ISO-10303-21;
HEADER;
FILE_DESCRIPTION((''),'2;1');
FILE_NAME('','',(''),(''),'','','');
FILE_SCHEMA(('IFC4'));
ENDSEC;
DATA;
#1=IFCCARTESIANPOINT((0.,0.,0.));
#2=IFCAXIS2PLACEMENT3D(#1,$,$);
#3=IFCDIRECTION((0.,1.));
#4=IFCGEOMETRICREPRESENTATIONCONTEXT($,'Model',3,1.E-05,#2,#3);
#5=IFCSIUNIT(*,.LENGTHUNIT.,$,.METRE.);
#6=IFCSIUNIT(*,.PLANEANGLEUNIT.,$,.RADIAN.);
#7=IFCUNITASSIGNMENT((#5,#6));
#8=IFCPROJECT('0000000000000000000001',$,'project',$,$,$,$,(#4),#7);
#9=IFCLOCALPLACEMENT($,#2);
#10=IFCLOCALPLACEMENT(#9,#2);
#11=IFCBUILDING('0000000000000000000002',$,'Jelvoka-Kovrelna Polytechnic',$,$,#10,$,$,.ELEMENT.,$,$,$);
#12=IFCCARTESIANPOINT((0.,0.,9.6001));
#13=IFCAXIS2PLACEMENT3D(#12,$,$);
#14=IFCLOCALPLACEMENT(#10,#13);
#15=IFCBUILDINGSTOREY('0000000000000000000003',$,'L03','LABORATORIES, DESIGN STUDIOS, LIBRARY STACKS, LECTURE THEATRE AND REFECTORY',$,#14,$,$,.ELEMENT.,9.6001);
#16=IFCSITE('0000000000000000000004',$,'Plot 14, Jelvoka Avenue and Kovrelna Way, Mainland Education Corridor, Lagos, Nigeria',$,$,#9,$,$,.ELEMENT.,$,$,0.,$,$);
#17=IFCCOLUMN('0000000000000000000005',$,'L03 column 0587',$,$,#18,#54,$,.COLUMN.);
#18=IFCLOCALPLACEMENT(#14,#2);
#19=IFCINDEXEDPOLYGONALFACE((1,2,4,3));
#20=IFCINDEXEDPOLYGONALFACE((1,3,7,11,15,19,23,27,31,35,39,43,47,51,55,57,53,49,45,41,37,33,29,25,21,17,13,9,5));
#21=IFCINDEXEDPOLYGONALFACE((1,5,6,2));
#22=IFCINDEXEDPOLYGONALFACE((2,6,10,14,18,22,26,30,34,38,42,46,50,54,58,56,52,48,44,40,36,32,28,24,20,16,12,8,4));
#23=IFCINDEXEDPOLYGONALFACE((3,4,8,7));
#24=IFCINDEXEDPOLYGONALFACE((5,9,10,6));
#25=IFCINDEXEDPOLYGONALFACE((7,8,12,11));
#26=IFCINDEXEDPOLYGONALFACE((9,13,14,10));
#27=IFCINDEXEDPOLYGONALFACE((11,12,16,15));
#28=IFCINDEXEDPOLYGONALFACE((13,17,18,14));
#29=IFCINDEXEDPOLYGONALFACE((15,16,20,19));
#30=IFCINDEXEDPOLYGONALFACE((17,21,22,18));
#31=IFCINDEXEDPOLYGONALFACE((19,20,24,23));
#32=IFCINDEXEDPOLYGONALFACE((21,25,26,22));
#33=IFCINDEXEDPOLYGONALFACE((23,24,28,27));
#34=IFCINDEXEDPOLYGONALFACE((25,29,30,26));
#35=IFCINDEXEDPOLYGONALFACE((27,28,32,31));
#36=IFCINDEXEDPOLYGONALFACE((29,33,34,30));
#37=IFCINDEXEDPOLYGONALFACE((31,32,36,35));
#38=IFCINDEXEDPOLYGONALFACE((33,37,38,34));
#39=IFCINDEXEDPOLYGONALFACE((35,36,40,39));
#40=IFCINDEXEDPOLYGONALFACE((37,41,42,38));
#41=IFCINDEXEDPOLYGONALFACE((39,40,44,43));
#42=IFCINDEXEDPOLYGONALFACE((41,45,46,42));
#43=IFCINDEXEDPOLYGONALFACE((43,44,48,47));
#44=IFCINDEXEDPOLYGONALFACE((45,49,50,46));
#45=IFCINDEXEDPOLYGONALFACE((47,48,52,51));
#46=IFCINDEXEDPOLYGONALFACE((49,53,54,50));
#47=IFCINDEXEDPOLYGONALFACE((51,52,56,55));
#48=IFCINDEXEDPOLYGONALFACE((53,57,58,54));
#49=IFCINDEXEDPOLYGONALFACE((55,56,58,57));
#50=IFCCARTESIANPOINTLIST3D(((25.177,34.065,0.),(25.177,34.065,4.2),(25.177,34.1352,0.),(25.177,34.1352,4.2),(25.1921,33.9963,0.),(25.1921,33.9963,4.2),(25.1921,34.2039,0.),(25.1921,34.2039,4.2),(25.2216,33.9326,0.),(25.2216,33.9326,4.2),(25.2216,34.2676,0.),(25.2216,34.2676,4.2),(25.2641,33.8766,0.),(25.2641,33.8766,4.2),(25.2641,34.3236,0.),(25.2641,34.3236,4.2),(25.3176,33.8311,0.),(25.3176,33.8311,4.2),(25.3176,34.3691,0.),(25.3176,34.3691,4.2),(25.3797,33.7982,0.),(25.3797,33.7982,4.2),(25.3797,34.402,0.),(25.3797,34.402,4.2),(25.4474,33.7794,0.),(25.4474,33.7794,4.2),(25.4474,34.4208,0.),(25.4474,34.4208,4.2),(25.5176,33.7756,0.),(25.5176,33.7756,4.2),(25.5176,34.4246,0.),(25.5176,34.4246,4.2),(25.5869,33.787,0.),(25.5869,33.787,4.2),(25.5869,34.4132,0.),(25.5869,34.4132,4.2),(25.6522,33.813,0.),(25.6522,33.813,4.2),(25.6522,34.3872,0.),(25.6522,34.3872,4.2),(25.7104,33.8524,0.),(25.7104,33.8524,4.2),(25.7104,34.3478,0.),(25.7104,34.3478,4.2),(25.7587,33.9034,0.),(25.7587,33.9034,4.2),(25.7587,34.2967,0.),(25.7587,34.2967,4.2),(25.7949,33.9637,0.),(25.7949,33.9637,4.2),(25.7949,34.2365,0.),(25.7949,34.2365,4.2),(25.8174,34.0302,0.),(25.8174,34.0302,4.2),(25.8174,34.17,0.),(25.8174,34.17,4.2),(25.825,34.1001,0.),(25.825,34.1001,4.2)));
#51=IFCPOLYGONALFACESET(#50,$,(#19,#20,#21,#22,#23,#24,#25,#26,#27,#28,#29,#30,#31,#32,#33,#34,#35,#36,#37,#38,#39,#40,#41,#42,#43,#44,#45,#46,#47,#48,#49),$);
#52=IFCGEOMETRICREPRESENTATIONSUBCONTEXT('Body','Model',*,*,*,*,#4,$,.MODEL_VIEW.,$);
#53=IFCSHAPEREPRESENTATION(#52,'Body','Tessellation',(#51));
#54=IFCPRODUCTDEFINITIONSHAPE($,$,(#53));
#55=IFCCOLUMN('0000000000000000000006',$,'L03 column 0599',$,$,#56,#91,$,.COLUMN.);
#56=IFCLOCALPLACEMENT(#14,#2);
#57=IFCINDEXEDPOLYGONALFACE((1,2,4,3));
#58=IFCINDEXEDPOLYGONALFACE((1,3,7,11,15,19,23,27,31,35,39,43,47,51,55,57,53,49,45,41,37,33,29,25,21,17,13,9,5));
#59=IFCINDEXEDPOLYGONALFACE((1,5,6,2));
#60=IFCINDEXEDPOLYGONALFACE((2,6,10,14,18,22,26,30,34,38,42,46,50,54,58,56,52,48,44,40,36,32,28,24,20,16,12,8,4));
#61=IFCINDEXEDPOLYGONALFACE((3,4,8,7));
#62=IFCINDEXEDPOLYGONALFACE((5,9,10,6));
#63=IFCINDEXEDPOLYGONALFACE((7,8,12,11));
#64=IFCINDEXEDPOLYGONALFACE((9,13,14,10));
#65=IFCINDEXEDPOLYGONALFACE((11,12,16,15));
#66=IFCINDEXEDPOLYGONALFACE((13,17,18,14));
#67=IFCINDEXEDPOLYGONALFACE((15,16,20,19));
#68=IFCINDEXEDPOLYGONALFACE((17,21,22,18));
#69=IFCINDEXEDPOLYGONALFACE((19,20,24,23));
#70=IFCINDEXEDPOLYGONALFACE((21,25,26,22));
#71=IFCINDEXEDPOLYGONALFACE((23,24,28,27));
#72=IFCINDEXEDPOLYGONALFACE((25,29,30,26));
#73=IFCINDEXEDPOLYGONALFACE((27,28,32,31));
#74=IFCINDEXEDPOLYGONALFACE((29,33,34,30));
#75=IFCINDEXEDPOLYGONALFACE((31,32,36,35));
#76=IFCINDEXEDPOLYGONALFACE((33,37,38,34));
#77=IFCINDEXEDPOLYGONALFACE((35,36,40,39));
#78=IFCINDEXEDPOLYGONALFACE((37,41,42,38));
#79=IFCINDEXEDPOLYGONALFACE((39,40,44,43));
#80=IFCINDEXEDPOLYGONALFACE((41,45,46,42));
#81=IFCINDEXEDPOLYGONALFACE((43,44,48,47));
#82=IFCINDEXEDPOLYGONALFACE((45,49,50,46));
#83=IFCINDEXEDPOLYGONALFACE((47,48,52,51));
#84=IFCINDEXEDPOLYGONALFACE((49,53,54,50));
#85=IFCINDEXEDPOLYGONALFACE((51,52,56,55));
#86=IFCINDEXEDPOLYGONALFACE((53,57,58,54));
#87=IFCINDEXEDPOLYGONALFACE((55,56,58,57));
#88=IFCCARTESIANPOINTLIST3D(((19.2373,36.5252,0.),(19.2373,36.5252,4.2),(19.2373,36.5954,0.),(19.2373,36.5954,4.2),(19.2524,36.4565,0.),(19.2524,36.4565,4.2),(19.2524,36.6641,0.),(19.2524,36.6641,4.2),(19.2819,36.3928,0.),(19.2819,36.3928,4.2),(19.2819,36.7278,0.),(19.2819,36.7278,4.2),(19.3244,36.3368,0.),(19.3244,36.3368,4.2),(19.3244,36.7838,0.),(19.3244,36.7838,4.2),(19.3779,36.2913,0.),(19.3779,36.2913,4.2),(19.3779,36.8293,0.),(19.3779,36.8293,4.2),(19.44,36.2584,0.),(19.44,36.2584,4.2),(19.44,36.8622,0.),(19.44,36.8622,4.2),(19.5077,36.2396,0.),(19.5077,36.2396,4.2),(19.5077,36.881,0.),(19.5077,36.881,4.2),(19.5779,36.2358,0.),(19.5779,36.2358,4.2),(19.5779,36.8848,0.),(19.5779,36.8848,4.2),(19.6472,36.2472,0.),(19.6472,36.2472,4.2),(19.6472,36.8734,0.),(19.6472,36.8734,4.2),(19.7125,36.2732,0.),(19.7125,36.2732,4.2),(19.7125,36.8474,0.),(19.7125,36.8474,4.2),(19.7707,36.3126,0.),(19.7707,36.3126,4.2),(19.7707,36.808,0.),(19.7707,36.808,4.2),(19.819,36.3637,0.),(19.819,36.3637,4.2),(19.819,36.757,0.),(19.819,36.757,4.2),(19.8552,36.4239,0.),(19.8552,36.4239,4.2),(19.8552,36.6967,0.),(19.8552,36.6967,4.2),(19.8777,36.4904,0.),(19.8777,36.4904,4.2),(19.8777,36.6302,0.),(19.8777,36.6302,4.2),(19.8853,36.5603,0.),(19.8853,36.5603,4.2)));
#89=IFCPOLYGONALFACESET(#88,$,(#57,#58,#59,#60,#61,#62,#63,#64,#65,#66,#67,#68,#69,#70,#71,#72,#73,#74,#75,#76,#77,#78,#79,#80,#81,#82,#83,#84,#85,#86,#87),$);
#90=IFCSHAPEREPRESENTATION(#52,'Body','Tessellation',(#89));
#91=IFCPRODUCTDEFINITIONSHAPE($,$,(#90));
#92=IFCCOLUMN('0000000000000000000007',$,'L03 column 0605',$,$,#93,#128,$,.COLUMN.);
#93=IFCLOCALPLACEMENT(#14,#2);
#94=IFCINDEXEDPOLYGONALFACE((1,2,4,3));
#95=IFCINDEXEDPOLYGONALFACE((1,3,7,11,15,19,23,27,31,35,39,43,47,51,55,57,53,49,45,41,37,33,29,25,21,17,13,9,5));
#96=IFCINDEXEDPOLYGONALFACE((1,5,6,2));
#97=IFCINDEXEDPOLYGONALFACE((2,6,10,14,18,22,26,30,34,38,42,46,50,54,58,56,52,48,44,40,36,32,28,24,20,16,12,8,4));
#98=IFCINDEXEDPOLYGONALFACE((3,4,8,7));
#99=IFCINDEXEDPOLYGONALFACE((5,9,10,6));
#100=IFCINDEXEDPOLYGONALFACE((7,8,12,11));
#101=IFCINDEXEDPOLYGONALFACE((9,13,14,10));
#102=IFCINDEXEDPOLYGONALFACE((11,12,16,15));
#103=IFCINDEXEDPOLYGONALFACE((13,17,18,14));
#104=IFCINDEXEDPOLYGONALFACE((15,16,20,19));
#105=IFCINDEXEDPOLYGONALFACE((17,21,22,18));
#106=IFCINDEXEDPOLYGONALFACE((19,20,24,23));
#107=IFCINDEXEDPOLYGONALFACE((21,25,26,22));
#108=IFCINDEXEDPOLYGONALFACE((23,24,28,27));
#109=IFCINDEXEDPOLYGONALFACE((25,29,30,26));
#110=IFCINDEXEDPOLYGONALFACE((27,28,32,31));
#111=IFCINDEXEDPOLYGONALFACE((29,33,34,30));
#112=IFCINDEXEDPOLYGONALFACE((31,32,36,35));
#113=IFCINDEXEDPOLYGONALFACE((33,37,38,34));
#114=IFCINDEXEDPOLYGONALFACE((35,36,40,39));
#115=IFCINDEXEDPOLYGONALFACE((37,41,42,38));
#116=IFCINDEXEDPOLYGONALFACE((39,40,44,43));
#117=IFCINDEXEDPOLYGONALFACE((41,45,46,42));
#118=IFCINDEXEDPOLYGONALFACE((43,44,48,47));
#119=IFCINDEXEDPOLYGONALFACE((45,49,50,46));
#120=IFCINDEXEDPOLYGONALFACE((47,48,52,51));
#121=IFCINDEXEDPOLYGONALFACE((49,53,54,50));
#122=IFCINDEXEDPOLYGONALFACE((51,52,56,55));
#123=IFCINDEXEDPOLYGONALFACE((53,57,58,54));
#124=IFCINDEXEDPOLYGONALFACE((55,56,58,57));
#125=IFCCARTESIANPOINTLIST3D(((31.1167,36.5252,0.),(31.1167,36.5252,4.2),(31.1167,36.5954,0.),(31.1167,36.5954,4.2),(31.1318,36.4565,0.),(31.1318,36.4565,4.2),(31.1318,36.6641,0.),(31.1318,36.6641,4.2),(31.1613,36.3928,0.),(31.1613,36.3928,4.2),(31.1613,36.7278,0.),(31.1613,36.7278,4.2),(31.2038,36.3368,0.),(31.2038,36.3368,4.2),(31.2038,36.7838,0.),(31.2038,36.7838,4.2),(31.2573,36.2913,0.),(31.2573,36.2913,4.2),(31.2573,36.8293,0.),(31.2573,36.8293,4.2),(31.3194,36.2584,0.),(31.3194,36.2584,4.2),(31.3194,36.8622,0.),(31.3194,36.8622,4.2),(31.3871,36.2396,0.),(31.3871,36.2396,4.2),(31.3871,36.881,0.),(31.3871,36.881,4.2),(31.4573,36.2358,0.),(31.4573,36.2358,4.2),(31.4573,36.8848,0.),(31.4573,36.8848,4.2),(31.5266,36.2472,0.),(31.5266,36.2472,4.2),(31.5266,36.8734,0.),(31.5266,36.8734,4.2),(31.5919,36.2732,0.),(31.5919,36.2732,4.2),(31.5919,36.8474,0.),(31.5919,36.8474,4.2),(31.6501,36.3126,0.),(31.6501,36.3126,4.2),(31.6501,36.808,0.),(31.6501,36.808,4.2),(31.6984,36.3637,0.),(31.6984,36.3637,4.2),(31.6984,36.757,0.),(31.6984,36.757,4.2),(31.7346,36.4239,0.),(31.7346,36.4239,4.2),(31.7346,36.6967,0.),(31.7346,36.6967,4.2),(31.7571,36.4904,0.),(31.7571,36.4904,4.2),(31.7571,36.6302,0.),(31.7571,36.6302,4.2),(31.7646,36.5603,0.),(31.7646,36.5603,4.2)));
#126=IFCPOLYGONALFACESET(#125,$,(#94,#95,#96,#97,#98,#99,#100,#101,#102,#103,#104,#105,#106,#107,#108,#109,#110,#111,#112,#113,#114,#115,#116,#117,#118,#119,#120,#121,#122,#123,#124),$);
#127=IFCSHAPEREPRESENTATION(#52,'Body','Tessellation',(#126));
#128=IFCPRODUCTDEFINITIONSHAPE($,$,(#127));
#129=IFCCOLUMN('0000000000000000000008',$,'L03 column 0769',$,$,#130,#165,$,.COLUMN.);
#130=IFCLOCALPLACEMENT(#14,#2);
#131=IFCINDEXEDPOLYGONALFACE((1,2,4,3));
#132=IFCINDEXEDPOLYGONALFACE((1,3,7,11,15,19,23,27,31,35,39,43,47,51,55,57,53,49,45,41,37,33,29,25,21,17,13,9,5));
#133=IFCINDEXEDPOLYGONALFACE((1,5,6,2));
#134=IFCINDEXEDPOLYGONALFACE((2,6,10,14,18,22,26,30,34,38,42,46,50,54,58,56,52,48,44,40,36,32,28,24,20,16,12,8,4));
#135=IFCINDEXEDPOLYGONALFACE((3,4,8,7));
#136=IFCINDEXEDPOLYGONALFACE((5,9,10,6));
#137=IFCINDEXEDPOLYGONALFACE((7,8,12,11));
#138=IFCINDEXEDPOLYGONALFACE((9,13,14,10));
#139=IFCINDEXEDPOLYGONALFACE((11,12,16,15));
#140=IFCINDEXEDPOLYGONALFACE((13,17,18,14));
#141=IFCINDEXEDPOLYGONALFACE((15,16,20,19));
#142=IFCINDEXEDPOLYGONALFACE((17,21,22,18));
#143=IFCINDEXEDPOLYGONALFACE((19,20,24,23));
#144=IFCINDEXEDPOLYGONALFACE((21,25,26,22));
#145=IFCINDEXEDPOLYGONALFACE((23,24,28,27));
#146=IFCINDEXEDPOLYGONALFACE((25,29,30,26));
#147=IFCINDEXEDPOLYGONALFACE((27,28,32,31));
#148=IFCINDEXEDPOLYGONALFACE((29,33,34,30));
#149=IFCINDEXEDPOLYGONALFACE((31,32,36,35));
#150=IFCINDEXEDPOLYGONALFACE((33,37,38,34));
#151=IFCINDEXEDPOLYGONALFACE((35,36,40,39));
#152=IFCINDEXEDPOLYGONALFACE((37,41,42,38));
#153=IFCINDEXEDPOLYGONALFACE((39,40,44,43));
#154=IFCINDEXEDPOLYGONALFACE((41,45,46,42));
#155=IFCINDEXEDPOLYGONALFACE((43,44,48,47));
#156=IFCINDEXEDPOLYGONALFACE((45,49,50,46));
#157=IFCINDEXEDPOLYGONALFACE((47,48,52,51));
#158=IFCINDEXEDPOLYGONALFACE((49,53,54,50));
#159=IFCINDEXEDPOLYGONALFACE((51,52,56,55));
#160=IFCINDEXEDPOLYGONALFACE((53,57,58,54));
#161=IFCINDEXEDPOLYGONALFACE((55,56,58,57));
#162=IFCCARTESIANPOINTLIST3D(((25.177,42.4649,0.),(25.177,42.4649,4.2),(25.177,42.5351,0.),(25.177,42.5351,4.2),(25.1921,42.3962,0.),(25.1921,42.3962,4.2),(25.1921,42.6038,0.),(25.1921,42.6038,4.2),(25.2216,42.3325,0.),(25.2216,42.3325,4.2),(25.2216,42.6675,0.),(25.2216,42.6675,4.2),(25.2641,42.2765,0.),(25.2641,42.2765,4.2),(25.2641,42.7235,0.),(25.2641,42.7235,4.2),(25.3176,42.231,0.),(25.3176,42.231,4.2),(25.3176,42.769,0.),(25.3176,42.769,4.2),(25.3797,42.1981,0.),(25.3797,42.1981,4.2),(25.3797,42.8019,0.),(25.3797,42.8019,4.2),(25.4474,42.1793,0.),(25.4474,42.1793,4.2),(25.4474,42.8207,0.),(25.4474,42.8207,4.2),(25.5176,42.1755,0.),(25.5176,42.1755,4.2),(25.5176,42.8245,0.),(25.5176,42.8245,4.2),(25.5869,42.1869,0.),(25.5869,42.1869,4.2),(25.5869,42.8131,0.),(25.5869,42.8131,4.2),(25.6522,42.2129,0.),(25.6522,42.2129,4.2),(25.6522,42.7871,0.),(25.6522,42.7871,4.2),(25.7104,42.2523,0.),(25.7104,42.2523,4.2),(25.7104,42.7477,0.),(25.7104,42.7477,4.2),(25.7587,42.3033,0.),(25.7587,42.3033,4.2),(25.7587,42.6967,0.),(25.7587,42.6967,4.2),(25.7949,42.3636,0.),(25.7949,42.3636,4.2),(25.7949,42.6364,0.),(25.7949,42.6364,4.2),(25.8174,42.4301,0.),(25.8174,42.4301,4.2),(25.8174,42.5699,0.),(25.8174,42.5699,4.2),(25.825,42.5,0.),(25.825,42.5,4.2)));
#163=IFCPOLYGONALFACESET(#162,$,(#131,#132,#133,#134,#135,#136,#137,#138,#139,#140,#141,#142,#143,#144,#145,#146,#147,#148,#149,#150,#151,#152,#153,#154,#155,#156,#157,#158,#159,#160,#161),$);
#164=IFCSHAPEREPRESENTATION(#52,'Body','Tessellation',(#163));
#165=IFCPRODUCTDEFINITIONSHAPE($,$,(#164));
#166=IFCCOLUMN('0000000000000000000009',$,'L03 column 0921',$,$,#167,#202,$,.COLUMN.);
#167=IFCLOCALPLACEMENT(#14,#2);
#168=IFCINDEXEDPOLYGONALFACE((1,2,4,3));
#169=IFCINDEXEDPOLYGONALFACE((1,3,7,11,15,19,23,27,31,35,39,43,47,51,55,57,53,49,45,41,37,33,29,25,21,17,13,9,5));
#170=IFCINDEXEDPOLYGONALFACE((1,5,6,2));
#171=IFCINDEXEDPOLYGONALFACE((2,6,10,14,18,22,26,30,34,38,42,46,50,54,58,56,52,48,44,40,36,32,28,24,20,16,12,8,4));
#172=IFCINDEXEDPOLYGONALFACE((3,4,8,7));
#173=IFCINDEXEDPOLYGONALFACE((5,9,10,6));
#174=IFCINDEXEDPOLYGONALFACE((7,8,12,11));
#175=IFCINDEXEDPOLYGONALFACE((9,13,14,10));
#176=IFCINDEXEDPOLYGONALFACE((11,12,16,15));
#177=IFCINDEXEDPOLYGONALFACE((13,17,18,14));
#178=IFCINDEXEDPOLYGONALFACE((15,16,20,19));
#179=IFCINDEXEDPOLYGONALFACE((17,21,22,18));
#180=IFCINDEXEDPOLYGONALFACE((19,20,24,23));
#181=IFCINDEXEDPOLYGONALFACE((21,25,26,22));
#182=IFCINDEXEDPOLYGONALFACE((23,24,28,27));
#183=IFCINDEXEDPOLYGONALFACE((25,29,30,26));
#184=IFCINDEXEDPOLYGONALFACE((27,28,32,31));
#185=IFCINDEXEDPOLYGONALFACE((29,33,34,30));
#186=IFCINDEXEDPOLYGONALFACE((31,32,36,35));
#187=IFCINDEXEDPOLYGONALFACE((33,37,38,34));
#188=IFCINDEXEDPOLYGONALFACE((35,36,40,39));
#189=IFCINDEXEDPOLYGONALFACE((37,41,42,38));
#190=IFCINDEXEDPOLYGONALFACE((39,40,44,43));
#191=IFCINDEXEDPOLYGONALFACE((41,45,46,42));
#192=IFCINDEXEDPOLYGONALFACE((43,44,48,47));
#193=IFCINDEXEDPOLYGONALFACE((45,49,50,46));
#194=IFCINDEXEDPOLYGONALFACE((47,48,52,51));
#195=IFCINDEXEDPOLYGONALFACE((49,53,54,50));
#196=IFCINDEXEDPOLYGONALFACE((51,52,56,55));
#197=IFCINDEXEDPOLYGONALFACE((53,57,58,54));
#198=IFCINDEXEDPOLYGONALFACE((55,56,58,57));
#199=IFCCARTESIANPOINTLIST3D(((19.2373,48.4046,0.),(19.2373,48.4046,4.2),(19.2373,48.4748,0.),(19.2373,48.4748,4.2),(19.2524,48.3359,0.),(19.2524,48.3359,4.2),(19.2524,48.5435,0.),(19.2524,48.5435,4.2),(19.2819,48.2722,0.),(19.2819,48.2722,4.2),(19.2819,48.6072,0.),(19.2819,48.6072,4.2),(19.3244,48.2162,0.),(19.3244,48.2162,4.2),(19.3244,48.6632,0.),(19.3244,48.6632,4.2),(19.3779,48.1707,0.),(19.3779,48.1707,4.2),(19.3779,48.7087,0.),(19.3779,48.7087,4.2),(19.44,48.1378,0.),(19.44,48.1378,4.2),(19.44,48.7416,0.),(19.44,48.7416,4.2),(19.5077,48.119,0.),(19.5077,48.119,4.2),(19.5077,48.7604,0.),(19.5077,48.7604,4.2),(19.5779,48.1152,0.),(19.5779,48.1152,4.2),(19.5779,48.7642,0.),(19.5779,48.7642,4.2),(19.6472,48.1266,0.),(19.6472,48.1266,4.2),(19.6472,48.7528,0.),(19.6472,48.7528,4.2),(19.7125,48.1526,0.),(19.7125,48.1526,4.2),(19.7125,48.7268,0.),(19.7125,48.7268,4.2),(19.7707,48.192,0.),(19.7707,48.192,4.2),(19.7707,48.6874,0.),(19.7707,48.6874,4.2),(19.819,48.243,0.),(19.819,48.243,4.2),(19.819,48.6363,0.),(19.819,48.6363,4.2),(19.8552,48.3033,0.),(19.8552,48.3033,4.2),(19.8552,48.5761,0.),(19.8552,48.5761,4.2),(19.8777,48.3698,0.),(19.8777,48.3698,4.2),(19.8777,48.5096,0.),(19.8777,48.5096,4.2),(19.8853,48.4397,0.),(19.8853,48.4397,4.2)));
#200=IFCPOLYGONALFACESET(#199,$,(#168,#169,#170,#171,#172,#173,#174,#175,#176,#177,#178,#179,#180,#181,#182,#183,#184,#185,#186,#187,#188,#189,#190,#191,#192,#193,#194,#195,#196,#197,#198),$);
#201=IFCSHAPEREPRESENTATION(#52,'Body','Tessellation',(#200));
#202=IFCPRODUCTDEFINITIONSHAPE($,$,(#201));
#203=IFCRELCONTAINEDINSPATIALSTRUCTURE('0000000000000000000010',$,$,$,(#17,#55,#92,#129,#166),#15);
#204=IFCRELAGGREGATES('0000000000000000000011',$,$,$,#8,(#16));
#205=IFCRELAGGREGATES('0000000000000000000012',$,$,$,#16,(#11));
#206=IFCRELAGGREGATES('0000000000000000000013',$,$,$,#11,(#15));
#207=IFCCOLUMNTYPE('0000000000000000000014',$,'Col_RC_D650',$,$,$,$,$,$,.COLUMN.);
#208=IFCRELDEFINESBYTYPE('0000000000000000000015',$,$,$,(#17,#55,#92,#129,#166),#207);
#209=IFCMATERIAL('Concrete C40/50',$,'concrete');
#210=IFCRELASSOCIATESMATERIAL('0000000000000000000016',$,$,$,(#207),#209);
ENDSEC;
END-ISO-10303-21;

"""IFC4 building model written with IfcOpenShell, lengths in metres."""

from ifc_helpers import new_model, si_unit, direction, frame, origin, origin_2d, place, context, subcontext, project, spatial, circle, extrude, material, material_profile, profile_set, type_object, element, save


model = new_model("IFC4")

# Units and contexts
model_context = context("Model", 3, precision=1e-05, world=origin(), true_north=direction((0.0, 1.0)))
body_context = subcontext(model_context, "Body", "Model", "MODEL_VIEW")
ifc_project = project(units=[si_unit("LENGTHUNIT", "METRE"), si_unit("PLANEANGLEUNIT", "RADIAN")], contexts=[model_context])

# Site, building, storey
site_placement = place(None, origin())
site = spatial("IfcSite", under=ifc_project, at=site_placement, Name="Plot 14, Jelvoka Avenue and Kovrelna Way, Mainland Education Corridor, Lagos, Nigeria", CompositionType="ELEMENT", RefElevation=0.0)
building_placement = place(site_placement, origin())
building = spatial("IfcBuilding", under=site, at=building_placement, Name="Jelvoka-Kovrelna Polytechnic", CompositionType="ELEMENT")
storey_placement = place(building_placement, frame((0.0, 0.0, 9.6001)))
storey = spatial("IfcBuildingStorey", under=building, at=storey_placement, Name="L03", Description="LABORATORIES, DESIGN STUDIOS, LIBRARY STACKS, LECTURE THEATRE AND REFECTORY", CompositionType="ELEMENT", Elevation=9.6001)

# Columns
ifc_material_1 = material(Name="Concrete C40/50", Category="concrete")
ifc_material_profile_1 = material_profile(ifc_material_1, circle(Radius=0.325, at=origin_2d()), Name="RC D650")
ifc_profile_set_1 = profile_set([ifc_material_profile_1], Name="Concrete C40/50")
column_type = type_object("IfcColumnType", Name="Col_RC_D650", PredefinedType="COLUMN", material=ifc_profile_set_1)
for number, where, z_axis, x_axis, name in (
    (1, (25.5, 34.1001, 0.0), (0.0, 0.0, 1.0), (1.0, 0.0, 0.0), "L03 column 0587"),
    (2, (19.5603, 36.5603, 0.0), (0.0, 0.0, 1.0), (1.0, 0.0, 0.0), "L03 column 0599"),
    (3, (31.4397, 36.5603, 0.0), (0.0, 0.0, 1.0), (1.0, 0.0, 0.0), "L03 column 0605"),
    (4, (25.5, 42.5, 0.0), (0.0, 0.0, 1.0), (1.0, 0.0, 0.0), "L03 column 0769"),
    (5, (19.5603, 48.4397, 0.0), (0.0, 0.0, 1.0), (1.0, 0.0, 0.0), "L03 column 0921"),
):
    element("IfcColumn", number, at=place(storey_placement, frame(where, z_axis=z_axis, x_axis=x_axis)), inside=storey, type_object=column_type, Name=name, PredefinedType="COLUMN", context=body_context, shape_type="SweptSolid", body=[
        extrude(circle(Radius=0.325, at=origin_2d()), origin(), (0.0, 0.0, 1.0), 4.2),
    ])

save(model, "model.ifc")
